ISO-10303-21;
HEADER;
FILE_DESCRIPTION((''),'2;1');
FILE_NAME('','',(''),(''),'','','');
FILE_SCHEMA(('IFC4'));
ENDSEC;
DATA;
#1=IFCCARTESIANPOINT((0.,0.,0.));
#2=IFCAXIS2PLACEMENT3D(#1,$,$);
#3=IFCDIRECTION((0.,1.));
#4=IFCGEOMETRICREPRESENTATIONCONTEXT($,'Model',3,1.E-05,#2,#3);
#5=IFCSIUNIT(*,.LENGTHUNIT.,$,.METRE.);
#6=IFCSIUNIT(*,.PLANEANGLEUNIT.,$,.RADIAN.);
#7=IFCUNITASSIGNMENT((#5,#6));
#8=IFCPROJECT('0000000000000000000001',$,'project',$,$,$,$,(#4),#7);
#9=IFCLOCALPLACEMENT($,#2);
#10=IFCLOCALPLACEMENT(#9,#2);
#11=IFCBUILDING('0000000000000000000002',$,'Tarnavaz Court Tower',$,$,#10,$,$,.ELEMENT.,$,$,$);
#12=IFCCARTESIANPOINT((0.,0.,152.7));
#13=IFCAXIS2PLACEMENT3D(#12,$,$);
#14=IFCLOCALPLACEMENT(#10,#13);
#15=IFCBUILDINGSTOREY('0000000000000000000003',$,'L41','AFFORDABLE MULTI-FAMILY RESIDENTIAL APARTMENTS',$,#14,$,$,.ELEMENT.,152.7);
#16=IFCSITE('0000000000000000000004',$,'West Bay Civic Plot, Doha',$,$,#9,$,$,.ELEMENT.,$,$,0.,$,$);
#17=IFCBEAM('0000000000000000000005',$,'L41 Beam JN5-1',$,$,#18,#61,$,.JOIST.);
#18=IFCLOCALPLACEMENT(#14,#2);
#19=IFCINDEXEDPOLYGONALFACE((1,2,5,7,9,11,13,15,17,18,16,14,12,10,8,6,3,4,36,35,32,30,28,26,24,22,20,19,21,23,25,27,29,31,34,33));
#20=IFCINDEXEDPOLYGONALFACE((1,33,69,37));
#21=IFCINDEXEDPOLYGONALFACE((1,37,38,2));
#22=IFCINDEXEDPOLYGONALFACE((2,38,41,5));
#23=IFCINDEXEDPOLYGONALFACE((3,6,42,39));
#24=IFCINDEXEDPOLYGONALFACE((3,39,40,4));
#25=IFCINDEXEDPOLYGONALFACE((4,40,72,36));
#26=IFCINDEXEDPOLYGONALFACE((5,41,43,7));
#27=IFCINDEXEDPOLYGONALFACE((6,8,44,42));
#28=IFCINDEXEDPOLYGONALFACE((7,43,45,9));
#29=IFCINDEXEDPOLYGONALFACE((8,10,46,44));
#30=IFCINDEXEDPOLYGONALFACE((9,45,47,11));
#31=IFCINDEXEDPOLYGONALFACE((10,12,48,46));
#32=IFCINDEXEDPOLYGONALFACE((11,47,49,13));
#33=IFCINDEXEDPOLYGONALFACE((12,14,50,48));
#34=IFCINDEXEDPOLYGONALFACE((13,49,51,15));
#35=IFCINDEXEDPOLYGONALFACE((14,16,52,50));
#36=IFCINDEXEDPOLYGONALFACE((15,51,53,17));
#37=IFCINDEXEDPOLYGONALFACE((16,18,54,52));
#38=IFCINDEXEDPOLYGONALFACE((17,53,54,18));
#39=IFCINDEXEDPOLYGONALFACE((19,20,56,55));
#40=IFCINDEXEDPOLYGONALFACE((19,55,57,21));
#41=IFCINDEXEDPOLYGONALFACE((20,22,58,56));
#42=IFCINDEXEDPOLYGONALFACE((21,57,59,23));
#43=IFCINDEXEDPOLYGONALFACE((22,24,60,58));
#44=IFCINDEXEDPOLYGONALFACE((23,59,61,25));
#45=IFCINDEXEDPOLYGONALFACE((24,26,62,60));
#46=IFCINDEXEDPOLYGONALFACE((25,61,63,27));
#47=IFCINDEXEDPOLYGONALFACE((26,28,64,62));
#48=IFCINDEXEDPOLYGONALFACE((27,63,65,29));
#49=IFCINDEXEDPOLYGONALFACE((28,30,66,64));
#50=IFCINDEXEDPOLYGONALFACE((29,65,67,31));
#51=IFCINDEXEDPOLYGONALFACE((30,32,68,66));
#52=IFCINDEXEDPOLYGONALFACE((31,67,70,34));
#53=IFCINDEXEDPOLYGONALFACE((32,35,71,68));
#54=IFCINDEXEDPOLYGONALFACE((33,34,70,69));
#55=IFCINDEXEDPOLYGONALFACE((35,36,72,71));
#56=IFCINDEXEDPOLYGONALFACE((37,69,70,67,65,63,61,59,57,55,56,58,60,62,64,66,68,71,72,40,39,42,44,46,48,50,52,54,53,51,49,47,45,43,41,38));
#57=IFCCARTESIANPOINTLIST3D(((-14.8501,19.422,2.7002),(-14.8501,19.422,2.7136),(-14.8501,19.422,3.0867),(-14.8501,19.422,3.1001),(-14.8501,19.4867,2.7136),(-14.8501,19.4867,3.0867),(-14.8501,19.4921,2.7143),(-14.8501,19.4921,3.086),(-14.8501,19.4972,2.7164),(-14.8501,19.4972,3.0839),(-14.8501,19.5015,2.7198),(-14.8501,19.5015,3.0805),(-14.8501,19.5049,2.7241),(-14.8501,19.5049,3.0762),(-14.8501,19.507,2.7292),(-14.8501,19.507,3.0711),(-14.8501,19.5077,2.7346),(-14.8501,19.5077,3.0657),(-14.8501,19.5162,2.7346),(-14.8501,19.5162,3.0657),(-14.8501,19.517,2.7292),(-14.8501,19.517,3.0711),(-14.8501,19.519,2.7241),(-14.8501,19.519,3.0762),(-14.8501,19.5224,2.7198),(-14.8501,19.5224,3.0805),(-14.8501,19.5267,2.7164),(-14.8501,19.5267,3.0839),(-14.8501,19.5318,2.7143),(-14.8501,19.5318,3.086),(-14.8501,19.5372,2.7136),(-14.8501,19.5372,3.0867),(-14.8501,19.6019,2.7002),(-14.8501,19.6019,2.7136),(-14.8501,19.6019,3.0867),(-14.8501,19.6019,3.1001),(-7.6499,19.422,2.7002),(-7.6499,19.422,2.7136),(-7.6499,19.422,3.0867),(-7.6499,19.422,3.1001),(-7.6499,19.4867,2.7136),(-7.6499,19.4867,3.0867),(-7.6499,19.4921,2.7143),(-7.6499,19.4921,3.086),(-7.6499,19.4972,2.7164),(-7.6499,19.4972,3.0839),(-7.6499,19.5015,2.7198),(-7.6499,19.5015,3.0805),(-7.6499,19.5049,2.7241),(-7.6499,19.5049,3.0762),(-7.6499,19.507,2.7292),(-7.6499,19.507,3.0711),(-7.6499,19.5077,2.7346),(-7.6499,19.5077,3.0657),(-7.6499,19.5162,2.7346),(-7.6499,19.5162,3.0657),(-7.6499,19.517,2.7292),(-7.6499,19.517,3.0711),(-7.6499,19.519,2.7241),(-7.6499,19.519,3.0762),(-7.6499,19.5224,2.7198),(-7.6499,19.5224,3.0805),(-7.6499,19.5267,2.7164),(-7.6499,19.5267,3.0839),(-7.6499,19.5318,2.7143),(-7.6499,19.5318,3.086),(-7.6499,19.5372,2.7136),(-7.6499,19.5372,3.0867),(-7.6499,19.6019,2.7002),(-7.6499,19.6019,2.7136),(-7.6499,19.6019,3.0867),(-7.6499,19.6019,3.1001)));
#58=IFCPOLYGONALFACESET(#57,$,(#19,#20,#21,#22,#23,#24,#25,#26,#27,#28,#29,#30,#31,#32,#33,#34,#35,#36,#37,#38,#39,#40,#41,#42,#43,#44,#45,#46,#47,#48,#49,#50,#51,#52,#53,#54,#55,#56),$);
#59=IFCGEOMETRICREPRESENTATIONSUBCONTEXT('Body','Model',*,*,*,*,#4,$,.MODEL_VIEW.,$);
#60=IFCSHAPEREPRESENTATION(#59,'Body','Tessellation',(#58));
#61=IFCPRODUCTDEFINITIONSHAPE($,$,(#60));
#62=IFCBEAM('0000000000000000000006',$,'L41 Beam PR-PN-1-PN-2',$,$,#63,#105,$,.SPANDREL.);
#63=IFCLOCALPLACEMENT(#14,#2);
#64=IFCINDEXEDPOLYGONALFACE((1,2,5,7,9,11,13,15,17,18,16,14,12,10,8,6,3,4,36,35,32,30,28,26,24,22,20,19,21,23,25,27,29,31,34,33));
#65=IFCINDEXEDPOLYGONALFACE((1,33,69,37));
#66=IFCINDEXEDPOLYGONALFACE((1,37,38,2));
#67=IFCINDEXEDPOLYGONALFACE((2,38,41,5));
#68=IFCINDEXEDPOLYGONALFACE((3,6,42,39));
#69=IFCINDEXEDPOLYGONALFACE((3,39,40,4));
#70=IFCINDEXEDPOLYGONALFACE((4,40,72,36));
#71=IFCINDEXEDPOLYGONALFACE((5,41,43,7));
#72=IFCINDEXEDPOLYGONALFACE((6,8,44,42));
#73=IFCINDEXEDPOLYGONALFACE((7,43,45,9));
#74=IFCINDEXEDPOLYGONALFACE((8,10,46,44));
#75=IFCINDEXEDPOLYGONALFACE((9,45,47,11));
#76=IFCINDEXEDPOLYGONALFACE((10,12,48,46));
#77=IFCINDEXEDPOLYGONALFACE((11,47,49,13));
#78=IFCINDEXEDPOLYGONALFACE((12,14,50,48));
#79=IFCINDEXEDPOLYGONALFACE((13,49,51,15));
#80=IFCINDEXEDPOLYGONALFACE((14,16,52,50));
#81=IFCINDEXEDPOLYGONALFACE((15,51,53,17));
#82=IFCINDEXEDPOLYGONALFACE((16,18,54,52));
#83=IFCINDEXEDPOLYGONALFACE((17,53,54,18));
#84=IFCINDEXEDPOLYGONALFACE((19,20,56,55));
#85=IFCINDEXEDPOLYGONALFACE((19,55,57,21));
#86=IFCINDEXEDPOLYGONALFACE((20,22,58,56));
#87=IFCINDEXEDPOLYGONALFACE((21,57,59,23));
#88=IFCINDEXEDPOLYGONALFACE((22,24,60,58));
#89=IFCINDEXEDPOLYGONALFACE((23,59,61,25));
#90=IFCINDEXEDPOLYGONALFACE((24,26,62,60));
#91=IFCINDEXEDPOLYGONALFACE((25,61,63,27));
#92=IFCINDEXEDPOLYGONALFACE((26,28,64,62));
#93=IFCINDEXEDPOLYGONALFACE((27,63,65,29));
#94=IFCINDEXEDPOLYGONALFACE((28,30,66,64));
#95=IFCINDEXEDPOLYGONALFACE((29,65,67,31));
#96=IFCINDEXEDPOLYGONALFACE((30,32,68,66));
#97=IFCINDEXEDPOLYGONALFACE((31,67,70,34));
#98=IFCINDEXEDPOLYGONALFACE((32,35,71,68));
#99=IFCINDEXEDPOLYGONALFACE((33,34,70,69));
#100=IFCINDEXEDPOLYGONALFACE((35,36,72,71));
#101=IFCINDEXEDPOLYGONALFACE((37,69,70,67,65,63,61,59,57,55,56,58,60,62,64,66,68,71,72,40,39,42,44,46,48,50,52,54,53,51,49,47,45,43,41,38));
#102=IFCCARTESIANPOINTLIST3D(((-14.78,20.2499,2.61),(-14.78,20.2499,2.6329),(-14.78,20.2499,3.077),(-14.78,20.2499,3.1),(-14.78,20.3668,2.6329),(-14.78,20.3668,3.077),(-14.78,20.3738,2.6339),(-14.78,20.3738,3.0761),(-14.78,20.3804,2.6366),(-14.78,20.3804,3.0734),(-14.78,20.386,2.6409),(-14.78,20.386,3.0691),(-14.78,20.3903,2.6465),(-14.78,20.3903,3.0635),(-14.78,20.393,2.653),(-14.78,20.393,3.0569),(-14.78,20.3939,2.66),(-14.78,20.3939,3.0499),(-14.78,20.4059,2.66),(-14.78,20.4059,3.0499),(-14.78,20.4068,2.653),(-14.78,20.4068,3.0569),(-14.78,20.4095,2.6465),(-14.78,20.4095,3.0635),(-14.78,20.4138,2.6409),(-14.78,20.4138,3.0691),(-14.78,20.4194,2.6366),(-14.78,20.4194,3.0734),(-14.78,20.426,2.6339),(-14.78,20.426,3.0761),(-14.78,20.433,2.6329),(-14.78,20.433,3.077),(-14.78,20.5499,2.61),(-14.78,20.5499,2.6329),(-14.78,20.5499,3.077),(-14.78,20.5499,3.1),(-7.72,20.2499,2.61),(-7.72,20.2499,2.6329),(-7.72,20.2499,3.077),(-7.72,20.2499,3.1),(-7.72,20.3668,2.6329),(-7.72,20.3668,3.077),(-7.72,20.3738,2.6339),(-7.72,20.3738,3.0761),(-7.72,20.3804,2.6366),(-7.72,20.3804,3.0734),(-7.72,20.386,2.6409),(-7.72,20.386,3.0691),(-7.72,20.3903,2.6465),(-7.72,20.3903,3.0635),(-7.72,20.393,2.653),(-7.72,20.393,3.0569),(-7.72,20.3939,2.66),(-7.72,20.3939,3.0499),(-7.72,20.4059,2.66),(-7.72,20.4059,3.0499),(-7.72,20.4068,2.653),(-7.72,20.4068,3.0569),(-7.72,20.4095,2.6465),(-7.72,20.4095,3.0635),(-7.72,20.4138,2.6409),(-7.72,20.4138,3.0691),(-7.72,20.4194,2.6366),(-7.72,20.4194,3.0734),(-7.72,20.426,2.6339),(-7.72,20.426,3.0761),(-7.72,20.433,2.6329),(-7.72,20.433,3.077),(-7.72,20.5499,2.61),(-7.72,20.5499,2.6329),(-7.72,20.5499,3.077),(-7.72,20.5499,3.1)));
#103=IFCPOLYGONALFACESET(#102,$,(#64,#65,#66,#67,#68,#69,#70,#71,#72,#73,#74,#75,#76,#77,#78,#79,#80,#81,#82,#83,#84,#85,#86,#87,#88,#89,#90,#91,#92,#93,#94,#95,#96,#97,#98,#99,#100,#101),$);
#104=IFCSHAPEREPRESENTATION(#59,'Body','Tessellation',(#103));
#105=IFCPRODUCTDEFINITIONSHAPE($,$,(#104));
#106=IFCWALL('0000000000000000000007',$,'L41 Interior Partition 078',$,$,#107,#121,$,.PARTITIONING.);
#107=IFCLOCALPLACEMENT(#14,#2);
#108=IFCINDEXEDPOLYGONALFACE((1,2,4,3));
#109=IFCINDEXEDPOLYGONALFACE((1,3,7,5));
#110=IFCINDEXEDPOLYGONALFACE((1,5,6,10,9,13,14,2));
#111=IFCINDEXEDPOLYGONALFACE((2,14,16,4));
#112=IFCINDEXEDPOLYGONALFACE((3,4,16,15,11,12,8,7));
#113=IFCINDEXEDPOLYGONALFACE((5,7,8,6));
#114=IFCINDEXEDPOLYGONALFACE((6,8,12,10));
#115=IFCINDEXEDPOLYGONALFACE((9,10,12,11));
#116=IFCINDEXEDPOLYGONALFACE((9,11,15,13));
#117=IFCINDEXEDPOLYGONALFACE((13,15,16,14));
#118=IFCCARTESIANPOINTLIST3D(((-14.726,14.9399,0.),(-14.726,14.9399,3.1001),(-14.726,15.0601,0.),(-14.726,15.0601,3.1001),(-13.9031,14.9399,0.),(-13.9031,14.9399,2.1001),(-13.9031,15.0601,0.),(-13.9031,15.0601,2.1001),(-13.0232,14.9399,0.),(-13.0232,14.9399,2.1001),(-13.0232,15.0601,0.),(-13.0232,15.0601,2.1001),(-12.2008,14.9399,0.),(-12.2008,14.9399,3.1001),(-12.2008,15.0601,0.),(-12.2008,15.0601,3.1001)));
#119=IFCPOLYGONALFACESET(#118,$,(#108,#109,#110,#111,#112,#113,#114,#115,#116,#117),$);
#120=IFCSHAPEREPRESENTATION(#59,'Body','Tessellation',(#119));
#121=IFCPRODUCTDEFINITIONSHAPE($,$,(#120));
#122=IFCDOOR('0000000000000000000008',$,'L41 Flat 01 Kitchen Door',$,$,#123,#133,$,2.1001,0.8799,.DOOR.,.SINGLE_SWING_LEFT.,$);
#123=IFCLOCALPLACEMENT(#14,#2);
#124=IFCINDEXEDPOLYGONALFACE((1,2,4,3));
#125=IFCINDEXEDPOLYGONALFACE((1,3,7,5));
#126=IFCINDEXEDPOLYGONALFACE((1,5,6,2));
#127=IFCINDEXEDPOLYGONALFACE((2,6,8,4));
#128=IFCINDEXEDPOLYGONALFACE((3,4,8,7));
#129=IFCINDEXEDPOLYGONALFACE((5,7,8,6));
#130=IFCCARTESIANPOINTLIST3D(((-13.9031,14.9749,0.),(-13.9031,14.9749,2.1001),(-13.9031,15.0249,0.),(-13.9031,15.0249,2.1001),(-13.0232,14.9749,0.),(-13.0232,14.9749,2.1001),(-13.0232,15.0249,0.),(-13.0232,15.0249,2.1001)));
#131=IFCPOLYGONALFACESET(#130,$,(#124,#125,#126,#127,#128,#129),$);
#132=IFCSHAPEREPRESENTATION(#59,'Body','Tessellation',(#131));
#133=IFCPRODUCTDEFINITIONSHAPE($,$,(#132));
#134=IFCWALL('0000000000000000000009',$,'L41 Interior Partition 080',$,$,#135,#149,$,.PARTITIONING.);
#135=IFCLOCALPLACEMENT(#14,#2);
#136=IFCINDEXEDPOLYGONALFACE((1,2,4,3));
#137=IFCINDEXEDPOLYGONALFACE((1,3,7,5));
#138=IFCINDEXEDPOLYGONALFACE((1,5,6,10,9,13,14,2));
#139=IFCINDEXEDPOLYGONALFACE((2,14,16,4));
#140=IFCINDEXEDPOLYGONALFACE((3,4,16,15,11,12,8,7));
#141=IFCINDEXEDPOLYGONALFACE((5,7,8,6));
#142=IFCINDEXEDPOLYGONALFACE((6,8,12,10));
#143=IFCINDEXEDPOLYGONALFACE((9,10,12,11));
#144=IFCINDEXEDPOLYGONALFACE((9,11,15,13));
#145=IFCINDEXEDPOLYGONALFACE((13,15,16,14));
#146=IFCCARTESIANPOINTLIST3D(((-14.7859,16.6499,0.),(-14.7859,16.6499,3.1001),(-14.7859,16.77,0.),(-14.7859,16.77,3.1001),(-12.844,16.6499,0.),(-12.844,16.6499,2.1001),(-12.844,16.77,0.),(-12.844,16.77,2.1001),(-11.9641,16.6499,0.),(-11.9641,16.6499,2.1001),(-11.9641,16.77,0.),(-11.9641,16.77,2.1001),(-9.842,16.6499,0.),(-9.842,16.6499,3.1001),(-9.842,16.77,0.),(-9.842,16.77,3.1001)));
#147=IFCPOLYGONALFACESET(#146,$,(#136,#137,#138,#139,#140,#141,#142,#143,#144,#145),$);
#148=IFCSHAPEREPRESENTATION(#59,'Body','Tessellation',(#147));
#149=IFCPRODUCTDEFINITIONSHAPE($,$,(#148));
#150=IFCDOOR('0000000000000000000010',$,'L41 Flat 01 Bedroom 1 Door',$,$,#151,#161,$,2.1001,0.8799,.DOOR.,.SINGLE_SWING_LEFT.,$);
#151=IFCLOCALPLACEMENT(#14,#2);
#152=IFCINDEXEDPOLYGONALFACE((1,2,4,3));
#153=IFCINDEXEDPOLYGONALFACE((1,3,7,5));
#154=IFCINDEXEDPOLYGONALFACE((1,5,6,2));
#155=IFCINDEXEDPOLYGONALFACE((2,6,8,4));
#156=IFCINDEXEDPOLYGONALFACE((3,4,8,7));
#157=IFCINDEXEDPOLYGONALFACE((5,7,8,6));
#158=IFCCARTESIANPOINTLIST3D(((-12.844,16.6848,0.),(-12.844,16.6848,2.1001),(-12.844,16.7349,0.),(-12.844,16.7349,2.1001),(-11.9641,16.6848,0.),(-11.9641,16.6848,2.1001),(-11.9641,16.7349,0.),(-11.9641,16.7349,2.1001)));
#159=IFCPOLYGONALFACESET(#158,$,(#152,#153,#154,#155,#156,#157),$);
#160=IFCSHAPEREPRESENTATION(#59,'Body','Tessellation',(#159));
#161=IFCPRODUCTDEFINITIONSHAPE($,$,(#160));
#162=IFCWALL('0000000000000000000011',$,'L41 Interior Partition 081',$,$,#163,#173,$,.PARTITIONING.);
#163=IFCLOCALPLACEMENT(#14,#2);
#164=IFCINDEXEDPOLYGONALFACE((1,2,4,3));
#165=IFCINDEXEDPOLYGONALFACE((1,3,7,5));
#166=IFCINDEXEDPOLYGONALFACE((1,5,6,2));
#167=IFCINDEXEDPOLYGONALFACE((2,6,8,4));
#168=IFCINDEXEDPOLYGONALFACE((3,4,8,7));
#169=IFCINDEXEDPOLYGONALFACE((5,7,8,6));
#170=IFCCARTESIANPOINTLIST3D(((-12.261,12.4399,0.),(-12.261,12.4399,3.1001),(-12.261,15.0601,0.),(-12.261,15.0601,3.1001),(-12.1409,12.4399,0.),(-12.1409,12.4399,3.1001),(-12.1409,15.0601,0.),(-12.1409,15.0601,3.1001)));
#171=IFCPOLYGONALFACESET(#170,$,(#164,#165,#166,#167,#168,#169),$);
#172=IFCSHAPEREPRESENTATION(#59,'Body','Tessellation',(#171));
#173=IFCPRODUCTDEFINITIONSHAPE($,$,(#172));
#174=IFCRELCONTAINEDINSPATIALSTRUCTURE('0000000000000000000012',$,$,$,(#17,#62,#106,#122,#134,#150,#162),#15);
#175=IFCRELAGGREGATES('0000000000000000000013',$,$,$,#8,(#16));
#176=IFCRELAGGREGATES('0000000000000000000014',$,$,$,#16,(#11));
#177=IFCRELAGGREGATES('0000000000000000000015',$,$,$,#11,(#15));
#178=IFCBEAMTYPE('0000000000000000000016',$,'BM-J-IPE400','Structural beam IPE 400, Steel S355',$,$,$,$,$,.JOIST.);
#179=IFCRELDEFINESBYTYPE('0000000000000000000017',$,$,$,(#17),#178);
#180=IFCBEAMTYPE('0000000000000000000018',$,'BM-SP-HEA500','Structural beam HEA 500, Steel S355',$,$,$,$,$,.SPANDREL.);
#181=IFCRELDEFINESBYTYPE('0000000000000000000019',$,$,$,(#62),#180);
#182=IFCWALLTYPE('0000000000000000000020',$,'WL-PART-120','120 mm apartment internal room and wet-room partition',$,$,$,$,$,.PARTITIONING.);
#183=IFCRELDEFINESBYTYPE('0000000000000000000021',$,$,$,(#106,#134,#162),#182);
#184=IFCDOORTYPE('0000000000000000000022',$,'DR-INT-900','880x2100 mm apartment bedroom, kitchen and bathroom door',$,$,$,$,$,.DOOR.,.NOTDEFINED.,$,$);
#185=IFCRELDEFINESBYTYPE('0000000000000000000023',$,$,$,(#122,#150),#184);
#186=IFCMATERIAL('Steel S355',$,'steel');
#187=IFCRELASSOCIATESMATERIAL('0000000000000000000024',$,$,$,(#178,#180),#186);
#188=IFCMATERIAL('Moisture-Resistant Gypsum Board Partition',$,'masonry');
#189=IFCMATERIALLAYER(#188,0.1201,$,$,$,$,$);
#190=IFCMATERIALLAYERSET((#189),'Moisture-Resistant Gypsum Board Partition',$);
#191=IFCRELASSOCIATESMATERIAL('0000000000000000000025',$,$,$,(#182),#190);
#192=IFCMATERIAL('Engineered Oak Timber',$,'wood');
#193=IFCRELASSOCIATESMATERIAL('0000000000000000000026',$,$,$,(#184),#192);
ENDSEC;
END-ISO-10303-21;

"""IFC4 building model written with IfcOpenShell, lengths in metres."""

from ifc_helpers import new_model, si_unit, direction, frame, frame_2d, origin, origin_2d, place, context, subcontext, project, spatial, rectangle, i_section, extrude, material, layer, layer_set, material_profile, profile_set, type_object, element, fill, save


model = new_model("IFC4")

# Units and contexts
model_context = context("Model", 3, precision=1e-05, world=origin(), true_north=direction((0.0, 1.0)))
body_context = subcontext(model_context, "Body", "Model", "MODEL_VIEW")
ifc_project = project(units=[si_unit("LENGTHUNIT", "METRE"), si_unit("PLANEANGLEUNIT", "RADIAN")], contexts=[model_context])

# Site, building, storey
site_placement = place(None, origin())
site = spatial("IfcSite", under=ifc_project, at=site_placement, Name="West Bay Civic Plot, Doha", CompositionType="ELEMENT", RefElevation=0.0)
building_placement = place(site_placement, origin())
building = spatial("IfcBuilding", under=site, at=building_placement, Name="Tarnavaz Court Tower", CompositionType="ELEMENT")
storey_placement = place(building_placement, frame((0.0, 0.0, 152.7)))
storey = spatial("IfcBuildingStorey", under=building, at=storey_placement, Name="L41", Description="AFFORDABLE MULTI-FAMILY RESIDENTIAL APARTMENTS", CompositionType="ELEMENT", Elevation=152.7)

# Beams
ifc_material_1 = material(Name="Steel S355", Category="steel")
ifc_material_profile_1 = material_profile(ifc_material_1, i_section(OverallWidth=0.1799, OverallDepth=0.3999, WebThickness=0.0085, FlangeThickness=0.0134, FilletRadius=0.021, at=origin_2d()), Name="IPE 400")
ifc_profile_set_1 = profile_set([ifc_material_profile_1], Name="Steel S355")
beam_type_1 = type_object("IfcBeamType", Name="BM-J-IPE400", Description="Structural beam IPE 400, Steel S355", PredefinedType="JOIST", material=ifc_profile_set_1)
for number, where, z_axis, x_axis, name in (
    (1, (-14.8501, 19.512, 2.9001), (1.0, 0.0, 0.0), (0.0, 1.0, 0.0), "L41 Beam JN5-1"),
):
    element("IfcBeam", number, at=place(storey_placement, frame(where, z_axis=z_axis, x_axis=x_axis)), inside=storey, type_object=beam_type_1, Name=name, PredefinedType="JOIST", context=body_context, shape_type="SweptSolid", body=[
        extrude(i_section(OverallWidth=0.1799, OverallDepth=0.3999, WebThickness=0.0085, FlangeThickness=0.0134, FilletRadius=0.021, at=origin_2d()), origin(), (0.0, 0.0, 1.0), 7.2002),
    ])
ifc_material_profile_2 = material_profile(ifc_material_1, i_section(OverallWidth=0.3, OverallDepth=0.49, WebThickness=0.012, FlangeThickness=0.0229, FilletRadius=0.0271, at=origin_2d()), Name="HEA 500")
ifc_profile_set_2 = profile_set([ifc_material_profile_2], Name="Steel S355")
beam_type_2 = type_object("IfcBeamType", Name="BM-SP-HEA500", Description="Structural beam HEA 500, Steel S355", PredefinedType="SPANDREL", material=ifc_profile_set_2)
beam_placement = place(storey_placement, frame((-14.78, 20.3999, 2.855), z_axis=(1.0, 0.0, 0.0), x_axis=(0.0, 1.0, 0.0)))
element("IfcBeam", 2, at=beam_placement, inside=storey, type_object=beam_type_2, Name="L41 Beam PR-PN-1-PN-2", PredefinedType="SPANDREL", context=body_context, shape_type="SweptSolid", body=[
    extrude(i_section(OverallWidth=0.3, OverallDepth=0.49, WebThickness=0.012, FlangeThickness=0.0229, FilletRadius=0.0271, at=origin_2d()), origin(), (0.0, 0.0, 1.0), 7.0601),
])

# Walls, openings, doors
ifc_material_2 = material(Name="Moisture-Resistant Gypsum Board Partition", Category="masonry")
ifc_layer = layer(ifc_material_2, 0.1201)
ifc_layer_set = layer_set([ifc_layer], Name="Moisture-Resistant Gypsum Board Partition")
wall_type = type_object("IfcWallType", Name="WL-PART-120", Description="120 mm apartment internal room and wet-room partition", PredefinedType="PARTITIONING", material=ifc_layer_set)
wall_1_placement = place(storey_placement, frame((-14.7261, 15.0, 0.0), z_axis=(0.0, 0.0, 1.0), x_axis=(1.0, 0.0, 0.0)))
wall_1 = element("IfcWall", 3, at=wall_1_placement, inside=storey, type_object=wall_type, Name="L41 Interior Partition 078", PredefinedType="PARTITIONING", context=body_context, shape_type="SweptSolid", body=[
    extrude(rectangle(XDim=2.5251, YDim=0.1201, at=frame_2d((1.2627, 0.0))), origin(), (0.0, 0.0, 1.0), 3.1001),
])
opening_1_placement = place(wall_1_placement, frame((0.823, 0.0, 0.0)))
opening_1 = element("IfcOpeningElement", 4, at=opening_1_placement, cuts=wall_1, PredefinedType="OPENING", context=body_context, shape_type="SweptSolid", body=[
    extrude(rectangle(XDim=0.8799, YDim=2.1001, at=frame_2d((0.4399, 1.05))), frame((0.0, 0.0701, 0.0), z_axis=(0.0, -1.0, 0.0), x_axis=(1.0, 0.0, 0.0)), (0.0, 0.0, 1.0), 0.1401),
])
ifc_material_3 = material(Name="Engineered Oak Timber", Category="wood")
door_type = type_object("IfcDoorType", Name="DR-INT-900", Description="880x2100 mm apartment bedroom, kitchen and bathroom door", OperationType="NOTDEFINED", PredefinedType="DOOR", material=ifc_material_3)
door_1_placement = place(opening_1_placement, origin())
door_1 = element("IfcDoor", 5, at=door_1_placement, inside=storey, type_object=door_type, Name="L41 Flat 01 Kitchen Door", OperationType="SINGLE_SWING_LEFT", OverallHeight=2.1001, OverallWidth=0.8799, PredefinedType="DOOR", context=body_context, shape_type="SweptSolid", body=[
    extrude(rectangle(XDim=0.8799, YDim=2.1001, at=frame_2d((0.4399, 1.05))), frame((0.0, 0.0249, 0.0), z_axis=(0.0, -1.0, 0.0), x_axis=(1.0, 0.0, 0.0)), (0.0, 0.0, 1.0), 0.05),
])
fill(opening_1, door_1)
wall_2_placement = place(storey_placement, frame((-14.7859, 16.71, 0.0), z_axis=(0.0, 0.0, 1.0), x_axis=(1.0, 0.0, 0.0)))
wall_2 = element("IfcWall", 6, at=wall_2_placement, inside=storey, type_object=wall_type, Name="L41 Interior Partition 080", PredefinedType="PARTITIONING", context=body_context, shape_type="SweptSolid", body=[
    extrude(rectangle(XDim=4.9438, YDim=0.1201, at=frame_2d((2.4719, 0.0))), origin(), (0.0, 0.0, 1.0), 3.1001),
])
opening_2_placement = place(wall_2_placement, frame((1.9419, 0.0, 0.0)))
opening_2 = element("IfcOpeningElement", 7, at=opening_2_placement, cuts=wall_2, PredefinedType="OPENING", context=body_context, shape_type="SweptSolid", body=[
    extrude(rectangle(XDim=0.8799, YDim=2.1001, at=frame_2d((0.4399, 1.05))), frame((0.0, 0.0701, 0.0), z_axis=(0.0, -1.0, 0.0), x_axis=(1.0, 0.0, 0.0)), (0.0, 0.0, 1.0), 0.1401),
])
door_2_placement = place(opening_2_placement, origin())
door_2 = element("IfcDoor", 8, at=door_2_placement, inside=storey, type_object=door_type, Name="L41 Flat 01 Bedroom 1 Door", OperationType="SINGLE_SWING_LEFT", OverallHeight=2.1001, OverallWidth=0.8799, PredefinedType="DOOR", context=body_context, shape_type="SweptSolid", body=[
    extrude(rectangle(XDim=0.8799, YDim=2.1001, at=frame_2d((0.4399, 1.05))), frame((0.0, 0.0249, 0.0), z_axis=(0.0, -1.0, 0.0), x_axis=(1.0, 0.0, 0.0)), (0.0, 0.0, 1.0), 0.05),
])
fill(opening_2, door_2)

# Wall
wall_3_placement = place(storey_placement, frame((-12.2009, 12.4399, 0.0), z_axis=(0.0, 0.0, 1.0), x_axis=(0.0, 1.0, 0.0)))
element("IfcWall", 9, at=wall_3_placement, inside=storey, type_object=wall_type, Name="L41 Interior Partition 081", PredefinedType="PARTITIONING", context=body_context, shape_type="SweptSolid", body=[
    extrude(rectangle(XDim=2.6201, YDim=0.1201, at=frame_2d((1.3101, 0.0))), origin(), (0.0, 0.0, 1.0), 3.1001),
])

save(model, "model.ifc")
